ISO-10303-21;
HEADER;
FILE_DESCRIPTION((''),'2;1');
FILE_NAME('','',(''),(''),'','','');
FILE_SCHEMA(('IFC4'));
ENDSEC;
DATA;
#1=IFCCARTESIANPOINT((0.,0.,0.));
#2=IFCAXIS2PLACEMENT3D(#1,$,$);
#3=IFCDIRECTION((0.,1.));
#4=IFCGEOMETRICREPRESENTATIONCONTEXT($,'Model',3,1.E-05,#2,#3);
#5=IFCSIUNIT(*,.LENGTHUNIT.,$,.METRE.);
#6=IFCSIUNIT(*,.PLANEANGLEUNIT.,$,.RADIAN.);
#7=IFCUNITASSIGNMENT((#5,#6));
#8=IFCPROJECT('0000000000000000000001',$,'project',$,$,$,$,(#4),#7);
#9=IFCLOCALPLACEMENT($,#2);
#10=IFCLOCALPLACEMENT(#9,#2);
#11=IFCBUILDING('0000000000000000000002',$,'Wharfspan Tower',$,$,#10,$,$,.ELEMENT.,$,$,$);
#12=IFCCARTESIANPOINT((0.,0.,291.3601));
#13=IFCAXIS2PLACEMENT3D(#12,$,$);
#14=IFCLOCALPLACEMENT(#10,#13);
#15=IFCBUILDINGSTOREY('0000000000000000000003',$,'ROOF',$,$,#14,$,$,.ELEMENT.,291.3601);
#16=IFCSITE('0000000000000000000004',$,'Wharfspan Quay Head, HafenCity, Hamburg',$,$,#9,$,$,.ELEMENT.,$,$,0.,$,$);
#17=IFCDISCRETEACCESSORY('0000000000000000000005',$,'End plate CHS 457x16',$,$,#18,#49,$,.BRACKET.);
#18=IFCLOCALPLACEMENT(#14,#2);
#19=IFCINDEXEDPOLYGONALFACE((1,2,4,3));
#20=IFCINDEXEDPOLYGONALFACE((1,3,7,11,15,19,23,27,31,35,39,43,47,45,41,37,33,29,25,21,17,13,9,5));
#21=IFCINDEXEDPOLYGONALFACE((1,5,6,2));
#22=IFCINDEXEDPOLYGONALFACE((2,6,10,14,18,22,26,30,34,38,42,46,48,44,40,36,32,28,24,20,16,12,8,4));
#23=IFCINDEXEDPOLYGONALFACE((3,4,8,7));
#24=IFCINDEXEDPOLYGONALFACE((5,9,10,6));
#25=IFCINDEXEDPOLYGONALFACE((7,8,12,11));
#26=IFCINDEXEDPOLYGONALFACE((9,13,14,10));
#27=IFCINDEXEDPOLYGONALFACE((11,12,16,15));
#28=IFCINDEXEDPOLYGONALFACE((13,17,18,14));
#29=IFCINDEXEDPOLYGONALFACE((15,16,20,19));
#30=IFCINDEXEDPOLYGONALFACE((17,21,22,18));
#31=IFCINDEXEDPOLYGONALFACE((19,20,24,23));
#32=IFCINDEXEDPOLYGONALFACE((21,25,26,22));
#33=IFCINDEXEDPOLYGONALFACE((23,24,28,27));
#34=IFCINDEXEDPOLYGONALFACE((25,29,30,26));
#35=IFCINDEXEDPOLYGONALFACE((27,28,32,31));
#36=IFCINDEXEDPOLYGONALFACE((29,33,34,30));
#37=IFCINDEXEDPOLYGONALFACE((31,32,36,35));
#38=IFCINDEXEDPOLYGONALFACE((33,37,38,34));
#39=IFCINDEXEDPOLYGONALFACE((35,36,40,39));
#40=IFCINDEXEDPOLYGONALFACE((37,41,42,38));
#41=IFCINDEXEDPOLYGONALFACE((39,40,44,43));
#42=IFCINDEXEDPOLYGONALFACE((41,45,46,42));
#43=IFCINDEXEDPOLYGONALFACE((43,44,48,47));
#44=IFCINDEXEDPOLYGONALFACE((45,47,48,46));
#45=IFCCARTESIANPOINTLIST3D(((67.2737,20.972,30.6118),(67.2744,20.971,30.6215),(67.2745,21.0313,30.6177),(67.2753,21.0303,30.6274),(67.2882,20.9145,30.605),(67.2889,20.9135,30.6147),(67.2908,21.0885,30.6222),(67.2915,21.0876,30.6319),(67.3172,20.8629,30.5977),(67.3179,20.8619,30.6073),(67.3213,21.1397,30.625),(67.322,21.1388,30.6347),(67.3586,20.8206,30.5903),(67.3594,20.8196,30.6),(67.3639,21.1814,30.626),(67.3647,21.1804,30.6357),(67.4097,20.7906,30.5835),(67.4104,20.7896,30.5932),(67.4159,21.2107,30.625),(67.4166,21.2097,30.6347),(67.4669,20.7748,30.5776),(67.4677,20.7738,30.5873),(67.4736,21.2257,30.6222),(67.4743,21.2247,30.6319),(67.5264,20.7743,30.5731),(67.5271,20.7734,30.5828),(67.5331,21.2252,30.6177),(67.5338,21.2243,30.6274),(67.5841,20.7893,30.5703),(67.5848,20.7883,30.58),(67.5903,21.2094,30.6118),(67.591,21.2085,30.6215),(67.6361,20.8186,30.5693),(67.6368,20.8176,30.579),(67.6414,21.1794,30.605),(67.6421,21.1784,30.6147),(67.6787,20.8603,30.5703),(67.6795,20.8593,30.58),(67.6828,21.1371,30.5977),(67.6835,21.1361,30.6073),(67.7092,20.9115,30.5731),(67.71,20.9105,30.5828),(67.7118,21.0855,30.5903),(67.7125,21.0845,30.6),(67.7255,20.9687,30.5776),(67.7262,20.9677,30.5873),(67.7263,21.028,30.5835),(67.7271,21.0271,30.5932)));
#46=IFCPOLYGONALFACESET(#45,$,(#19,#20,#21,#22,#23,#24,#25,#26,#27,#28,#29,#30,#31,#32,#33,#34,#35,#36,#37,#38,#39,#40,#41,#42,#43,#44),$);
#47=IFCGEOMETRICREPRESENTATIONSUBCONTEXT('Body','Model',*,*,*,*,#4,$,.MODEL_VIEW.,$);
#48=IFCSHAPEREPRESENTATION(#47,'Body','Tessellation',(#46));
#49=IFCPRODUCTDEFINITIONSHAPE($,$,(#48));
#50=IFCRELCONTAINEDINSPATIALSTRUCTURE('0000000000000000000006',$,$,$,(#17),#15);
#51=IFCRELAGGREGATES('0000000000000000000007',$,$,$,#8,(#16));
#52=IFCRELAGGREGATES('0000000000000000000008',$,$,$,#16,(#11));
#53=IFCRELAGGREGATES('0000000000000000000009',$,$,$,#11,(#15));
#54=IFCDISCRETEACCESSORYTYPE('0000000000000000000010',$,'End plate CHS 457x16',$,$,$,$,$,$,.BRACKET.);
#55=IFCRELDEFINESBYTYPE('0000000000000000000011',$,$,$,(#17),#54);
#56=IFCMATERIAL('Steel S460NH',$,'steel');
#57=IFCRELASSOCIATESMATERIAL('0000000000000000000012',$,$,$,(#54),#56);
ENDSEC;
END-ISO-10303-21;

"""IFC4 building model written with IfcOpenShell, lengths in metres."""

from ifc_helpers import new_model, si_unit, direction, frame, origin, origin_2d, place, context, subcontext, project, spatial, circle, extrude, material, material_profile, profile_set, type_object, element, save


model = new_model("IFC4")

# Units and contexts
model_context = context("Model", 3, precision=1e-05, world=origin(), true_north=direction((0.0, 1.0)))
body_context = subcontext(model_context, "Body", "Model", "MODEL_VIEW")
ifc_project = project(units=[si_unit("LENGTHUNIT", "METRE"), si_unit("PLANEANGLEUNIT", "RADIAN")], contexts=[model_context])

# Site, building, storey
site_placement = place(None, origin())
site = spatial("IfcSite", under=ifc_project, at=site_placement, Name="Wharfspan Quay Head, HafenCity, Hamburg", CompositionType="ELEMENT", RefElevation=0.0)
building_placement = place(site_placement, origin())
building = spatial("IfcBuilding", under=site, at=building_placement, Name="Wharfspan Tower", CompositionType="ELEMENT")
storey_placement = place(building_placement, frame((0.0, 0.0, 291.3601)))
storey = spatial("IfcBuildingStorey", under=building, at=storey_placement, Name="ROOF", CompositionType="ELEMENT", Elevation=291.3601)

# Shared definitions
ifc_material = material(Name="Steel S460NH", Category="steel")

# Discrete accessory
ifc_material_profile_1 = material_profile(ifc_material, circle(Radius=0.2285, at=origin_2d()))
ifc_profile_set_1 = profile_set([ifc_material_profile_1], Name="Steel S460NH")
discrete_accessory_type_1 = type_object("IfcDiscreteAccessoryType", Name="End plate CHS 457x16", PredefinedType="BRACKET", material=ifc_profile_set_1)
for number, where, z_axis, x_axis, name in (
    (1, (67.5, 21.0, 30.5977), (0.074421, -0.099228, 0.992278), (0.8, 0.6, 0.0), "End plate CHS 457x16"),
):
    element("IfcDiscreteAccessory", number, at=place(storey_placement, frame(where, z_axis=z_axis, x_axis=x_axis)), inside=storey, type_object=discrete_accessory_type_1, Name=name, PredefinedType="BRACKET", context=body_context, shape_type="SweptSolid", body=[
        extrude(circle(Radius=0.2285, at=origin_2d()), origin(), (0.0, 0.0, 1.0), 0.0098),
    ])

save(model, "model.ifc")
